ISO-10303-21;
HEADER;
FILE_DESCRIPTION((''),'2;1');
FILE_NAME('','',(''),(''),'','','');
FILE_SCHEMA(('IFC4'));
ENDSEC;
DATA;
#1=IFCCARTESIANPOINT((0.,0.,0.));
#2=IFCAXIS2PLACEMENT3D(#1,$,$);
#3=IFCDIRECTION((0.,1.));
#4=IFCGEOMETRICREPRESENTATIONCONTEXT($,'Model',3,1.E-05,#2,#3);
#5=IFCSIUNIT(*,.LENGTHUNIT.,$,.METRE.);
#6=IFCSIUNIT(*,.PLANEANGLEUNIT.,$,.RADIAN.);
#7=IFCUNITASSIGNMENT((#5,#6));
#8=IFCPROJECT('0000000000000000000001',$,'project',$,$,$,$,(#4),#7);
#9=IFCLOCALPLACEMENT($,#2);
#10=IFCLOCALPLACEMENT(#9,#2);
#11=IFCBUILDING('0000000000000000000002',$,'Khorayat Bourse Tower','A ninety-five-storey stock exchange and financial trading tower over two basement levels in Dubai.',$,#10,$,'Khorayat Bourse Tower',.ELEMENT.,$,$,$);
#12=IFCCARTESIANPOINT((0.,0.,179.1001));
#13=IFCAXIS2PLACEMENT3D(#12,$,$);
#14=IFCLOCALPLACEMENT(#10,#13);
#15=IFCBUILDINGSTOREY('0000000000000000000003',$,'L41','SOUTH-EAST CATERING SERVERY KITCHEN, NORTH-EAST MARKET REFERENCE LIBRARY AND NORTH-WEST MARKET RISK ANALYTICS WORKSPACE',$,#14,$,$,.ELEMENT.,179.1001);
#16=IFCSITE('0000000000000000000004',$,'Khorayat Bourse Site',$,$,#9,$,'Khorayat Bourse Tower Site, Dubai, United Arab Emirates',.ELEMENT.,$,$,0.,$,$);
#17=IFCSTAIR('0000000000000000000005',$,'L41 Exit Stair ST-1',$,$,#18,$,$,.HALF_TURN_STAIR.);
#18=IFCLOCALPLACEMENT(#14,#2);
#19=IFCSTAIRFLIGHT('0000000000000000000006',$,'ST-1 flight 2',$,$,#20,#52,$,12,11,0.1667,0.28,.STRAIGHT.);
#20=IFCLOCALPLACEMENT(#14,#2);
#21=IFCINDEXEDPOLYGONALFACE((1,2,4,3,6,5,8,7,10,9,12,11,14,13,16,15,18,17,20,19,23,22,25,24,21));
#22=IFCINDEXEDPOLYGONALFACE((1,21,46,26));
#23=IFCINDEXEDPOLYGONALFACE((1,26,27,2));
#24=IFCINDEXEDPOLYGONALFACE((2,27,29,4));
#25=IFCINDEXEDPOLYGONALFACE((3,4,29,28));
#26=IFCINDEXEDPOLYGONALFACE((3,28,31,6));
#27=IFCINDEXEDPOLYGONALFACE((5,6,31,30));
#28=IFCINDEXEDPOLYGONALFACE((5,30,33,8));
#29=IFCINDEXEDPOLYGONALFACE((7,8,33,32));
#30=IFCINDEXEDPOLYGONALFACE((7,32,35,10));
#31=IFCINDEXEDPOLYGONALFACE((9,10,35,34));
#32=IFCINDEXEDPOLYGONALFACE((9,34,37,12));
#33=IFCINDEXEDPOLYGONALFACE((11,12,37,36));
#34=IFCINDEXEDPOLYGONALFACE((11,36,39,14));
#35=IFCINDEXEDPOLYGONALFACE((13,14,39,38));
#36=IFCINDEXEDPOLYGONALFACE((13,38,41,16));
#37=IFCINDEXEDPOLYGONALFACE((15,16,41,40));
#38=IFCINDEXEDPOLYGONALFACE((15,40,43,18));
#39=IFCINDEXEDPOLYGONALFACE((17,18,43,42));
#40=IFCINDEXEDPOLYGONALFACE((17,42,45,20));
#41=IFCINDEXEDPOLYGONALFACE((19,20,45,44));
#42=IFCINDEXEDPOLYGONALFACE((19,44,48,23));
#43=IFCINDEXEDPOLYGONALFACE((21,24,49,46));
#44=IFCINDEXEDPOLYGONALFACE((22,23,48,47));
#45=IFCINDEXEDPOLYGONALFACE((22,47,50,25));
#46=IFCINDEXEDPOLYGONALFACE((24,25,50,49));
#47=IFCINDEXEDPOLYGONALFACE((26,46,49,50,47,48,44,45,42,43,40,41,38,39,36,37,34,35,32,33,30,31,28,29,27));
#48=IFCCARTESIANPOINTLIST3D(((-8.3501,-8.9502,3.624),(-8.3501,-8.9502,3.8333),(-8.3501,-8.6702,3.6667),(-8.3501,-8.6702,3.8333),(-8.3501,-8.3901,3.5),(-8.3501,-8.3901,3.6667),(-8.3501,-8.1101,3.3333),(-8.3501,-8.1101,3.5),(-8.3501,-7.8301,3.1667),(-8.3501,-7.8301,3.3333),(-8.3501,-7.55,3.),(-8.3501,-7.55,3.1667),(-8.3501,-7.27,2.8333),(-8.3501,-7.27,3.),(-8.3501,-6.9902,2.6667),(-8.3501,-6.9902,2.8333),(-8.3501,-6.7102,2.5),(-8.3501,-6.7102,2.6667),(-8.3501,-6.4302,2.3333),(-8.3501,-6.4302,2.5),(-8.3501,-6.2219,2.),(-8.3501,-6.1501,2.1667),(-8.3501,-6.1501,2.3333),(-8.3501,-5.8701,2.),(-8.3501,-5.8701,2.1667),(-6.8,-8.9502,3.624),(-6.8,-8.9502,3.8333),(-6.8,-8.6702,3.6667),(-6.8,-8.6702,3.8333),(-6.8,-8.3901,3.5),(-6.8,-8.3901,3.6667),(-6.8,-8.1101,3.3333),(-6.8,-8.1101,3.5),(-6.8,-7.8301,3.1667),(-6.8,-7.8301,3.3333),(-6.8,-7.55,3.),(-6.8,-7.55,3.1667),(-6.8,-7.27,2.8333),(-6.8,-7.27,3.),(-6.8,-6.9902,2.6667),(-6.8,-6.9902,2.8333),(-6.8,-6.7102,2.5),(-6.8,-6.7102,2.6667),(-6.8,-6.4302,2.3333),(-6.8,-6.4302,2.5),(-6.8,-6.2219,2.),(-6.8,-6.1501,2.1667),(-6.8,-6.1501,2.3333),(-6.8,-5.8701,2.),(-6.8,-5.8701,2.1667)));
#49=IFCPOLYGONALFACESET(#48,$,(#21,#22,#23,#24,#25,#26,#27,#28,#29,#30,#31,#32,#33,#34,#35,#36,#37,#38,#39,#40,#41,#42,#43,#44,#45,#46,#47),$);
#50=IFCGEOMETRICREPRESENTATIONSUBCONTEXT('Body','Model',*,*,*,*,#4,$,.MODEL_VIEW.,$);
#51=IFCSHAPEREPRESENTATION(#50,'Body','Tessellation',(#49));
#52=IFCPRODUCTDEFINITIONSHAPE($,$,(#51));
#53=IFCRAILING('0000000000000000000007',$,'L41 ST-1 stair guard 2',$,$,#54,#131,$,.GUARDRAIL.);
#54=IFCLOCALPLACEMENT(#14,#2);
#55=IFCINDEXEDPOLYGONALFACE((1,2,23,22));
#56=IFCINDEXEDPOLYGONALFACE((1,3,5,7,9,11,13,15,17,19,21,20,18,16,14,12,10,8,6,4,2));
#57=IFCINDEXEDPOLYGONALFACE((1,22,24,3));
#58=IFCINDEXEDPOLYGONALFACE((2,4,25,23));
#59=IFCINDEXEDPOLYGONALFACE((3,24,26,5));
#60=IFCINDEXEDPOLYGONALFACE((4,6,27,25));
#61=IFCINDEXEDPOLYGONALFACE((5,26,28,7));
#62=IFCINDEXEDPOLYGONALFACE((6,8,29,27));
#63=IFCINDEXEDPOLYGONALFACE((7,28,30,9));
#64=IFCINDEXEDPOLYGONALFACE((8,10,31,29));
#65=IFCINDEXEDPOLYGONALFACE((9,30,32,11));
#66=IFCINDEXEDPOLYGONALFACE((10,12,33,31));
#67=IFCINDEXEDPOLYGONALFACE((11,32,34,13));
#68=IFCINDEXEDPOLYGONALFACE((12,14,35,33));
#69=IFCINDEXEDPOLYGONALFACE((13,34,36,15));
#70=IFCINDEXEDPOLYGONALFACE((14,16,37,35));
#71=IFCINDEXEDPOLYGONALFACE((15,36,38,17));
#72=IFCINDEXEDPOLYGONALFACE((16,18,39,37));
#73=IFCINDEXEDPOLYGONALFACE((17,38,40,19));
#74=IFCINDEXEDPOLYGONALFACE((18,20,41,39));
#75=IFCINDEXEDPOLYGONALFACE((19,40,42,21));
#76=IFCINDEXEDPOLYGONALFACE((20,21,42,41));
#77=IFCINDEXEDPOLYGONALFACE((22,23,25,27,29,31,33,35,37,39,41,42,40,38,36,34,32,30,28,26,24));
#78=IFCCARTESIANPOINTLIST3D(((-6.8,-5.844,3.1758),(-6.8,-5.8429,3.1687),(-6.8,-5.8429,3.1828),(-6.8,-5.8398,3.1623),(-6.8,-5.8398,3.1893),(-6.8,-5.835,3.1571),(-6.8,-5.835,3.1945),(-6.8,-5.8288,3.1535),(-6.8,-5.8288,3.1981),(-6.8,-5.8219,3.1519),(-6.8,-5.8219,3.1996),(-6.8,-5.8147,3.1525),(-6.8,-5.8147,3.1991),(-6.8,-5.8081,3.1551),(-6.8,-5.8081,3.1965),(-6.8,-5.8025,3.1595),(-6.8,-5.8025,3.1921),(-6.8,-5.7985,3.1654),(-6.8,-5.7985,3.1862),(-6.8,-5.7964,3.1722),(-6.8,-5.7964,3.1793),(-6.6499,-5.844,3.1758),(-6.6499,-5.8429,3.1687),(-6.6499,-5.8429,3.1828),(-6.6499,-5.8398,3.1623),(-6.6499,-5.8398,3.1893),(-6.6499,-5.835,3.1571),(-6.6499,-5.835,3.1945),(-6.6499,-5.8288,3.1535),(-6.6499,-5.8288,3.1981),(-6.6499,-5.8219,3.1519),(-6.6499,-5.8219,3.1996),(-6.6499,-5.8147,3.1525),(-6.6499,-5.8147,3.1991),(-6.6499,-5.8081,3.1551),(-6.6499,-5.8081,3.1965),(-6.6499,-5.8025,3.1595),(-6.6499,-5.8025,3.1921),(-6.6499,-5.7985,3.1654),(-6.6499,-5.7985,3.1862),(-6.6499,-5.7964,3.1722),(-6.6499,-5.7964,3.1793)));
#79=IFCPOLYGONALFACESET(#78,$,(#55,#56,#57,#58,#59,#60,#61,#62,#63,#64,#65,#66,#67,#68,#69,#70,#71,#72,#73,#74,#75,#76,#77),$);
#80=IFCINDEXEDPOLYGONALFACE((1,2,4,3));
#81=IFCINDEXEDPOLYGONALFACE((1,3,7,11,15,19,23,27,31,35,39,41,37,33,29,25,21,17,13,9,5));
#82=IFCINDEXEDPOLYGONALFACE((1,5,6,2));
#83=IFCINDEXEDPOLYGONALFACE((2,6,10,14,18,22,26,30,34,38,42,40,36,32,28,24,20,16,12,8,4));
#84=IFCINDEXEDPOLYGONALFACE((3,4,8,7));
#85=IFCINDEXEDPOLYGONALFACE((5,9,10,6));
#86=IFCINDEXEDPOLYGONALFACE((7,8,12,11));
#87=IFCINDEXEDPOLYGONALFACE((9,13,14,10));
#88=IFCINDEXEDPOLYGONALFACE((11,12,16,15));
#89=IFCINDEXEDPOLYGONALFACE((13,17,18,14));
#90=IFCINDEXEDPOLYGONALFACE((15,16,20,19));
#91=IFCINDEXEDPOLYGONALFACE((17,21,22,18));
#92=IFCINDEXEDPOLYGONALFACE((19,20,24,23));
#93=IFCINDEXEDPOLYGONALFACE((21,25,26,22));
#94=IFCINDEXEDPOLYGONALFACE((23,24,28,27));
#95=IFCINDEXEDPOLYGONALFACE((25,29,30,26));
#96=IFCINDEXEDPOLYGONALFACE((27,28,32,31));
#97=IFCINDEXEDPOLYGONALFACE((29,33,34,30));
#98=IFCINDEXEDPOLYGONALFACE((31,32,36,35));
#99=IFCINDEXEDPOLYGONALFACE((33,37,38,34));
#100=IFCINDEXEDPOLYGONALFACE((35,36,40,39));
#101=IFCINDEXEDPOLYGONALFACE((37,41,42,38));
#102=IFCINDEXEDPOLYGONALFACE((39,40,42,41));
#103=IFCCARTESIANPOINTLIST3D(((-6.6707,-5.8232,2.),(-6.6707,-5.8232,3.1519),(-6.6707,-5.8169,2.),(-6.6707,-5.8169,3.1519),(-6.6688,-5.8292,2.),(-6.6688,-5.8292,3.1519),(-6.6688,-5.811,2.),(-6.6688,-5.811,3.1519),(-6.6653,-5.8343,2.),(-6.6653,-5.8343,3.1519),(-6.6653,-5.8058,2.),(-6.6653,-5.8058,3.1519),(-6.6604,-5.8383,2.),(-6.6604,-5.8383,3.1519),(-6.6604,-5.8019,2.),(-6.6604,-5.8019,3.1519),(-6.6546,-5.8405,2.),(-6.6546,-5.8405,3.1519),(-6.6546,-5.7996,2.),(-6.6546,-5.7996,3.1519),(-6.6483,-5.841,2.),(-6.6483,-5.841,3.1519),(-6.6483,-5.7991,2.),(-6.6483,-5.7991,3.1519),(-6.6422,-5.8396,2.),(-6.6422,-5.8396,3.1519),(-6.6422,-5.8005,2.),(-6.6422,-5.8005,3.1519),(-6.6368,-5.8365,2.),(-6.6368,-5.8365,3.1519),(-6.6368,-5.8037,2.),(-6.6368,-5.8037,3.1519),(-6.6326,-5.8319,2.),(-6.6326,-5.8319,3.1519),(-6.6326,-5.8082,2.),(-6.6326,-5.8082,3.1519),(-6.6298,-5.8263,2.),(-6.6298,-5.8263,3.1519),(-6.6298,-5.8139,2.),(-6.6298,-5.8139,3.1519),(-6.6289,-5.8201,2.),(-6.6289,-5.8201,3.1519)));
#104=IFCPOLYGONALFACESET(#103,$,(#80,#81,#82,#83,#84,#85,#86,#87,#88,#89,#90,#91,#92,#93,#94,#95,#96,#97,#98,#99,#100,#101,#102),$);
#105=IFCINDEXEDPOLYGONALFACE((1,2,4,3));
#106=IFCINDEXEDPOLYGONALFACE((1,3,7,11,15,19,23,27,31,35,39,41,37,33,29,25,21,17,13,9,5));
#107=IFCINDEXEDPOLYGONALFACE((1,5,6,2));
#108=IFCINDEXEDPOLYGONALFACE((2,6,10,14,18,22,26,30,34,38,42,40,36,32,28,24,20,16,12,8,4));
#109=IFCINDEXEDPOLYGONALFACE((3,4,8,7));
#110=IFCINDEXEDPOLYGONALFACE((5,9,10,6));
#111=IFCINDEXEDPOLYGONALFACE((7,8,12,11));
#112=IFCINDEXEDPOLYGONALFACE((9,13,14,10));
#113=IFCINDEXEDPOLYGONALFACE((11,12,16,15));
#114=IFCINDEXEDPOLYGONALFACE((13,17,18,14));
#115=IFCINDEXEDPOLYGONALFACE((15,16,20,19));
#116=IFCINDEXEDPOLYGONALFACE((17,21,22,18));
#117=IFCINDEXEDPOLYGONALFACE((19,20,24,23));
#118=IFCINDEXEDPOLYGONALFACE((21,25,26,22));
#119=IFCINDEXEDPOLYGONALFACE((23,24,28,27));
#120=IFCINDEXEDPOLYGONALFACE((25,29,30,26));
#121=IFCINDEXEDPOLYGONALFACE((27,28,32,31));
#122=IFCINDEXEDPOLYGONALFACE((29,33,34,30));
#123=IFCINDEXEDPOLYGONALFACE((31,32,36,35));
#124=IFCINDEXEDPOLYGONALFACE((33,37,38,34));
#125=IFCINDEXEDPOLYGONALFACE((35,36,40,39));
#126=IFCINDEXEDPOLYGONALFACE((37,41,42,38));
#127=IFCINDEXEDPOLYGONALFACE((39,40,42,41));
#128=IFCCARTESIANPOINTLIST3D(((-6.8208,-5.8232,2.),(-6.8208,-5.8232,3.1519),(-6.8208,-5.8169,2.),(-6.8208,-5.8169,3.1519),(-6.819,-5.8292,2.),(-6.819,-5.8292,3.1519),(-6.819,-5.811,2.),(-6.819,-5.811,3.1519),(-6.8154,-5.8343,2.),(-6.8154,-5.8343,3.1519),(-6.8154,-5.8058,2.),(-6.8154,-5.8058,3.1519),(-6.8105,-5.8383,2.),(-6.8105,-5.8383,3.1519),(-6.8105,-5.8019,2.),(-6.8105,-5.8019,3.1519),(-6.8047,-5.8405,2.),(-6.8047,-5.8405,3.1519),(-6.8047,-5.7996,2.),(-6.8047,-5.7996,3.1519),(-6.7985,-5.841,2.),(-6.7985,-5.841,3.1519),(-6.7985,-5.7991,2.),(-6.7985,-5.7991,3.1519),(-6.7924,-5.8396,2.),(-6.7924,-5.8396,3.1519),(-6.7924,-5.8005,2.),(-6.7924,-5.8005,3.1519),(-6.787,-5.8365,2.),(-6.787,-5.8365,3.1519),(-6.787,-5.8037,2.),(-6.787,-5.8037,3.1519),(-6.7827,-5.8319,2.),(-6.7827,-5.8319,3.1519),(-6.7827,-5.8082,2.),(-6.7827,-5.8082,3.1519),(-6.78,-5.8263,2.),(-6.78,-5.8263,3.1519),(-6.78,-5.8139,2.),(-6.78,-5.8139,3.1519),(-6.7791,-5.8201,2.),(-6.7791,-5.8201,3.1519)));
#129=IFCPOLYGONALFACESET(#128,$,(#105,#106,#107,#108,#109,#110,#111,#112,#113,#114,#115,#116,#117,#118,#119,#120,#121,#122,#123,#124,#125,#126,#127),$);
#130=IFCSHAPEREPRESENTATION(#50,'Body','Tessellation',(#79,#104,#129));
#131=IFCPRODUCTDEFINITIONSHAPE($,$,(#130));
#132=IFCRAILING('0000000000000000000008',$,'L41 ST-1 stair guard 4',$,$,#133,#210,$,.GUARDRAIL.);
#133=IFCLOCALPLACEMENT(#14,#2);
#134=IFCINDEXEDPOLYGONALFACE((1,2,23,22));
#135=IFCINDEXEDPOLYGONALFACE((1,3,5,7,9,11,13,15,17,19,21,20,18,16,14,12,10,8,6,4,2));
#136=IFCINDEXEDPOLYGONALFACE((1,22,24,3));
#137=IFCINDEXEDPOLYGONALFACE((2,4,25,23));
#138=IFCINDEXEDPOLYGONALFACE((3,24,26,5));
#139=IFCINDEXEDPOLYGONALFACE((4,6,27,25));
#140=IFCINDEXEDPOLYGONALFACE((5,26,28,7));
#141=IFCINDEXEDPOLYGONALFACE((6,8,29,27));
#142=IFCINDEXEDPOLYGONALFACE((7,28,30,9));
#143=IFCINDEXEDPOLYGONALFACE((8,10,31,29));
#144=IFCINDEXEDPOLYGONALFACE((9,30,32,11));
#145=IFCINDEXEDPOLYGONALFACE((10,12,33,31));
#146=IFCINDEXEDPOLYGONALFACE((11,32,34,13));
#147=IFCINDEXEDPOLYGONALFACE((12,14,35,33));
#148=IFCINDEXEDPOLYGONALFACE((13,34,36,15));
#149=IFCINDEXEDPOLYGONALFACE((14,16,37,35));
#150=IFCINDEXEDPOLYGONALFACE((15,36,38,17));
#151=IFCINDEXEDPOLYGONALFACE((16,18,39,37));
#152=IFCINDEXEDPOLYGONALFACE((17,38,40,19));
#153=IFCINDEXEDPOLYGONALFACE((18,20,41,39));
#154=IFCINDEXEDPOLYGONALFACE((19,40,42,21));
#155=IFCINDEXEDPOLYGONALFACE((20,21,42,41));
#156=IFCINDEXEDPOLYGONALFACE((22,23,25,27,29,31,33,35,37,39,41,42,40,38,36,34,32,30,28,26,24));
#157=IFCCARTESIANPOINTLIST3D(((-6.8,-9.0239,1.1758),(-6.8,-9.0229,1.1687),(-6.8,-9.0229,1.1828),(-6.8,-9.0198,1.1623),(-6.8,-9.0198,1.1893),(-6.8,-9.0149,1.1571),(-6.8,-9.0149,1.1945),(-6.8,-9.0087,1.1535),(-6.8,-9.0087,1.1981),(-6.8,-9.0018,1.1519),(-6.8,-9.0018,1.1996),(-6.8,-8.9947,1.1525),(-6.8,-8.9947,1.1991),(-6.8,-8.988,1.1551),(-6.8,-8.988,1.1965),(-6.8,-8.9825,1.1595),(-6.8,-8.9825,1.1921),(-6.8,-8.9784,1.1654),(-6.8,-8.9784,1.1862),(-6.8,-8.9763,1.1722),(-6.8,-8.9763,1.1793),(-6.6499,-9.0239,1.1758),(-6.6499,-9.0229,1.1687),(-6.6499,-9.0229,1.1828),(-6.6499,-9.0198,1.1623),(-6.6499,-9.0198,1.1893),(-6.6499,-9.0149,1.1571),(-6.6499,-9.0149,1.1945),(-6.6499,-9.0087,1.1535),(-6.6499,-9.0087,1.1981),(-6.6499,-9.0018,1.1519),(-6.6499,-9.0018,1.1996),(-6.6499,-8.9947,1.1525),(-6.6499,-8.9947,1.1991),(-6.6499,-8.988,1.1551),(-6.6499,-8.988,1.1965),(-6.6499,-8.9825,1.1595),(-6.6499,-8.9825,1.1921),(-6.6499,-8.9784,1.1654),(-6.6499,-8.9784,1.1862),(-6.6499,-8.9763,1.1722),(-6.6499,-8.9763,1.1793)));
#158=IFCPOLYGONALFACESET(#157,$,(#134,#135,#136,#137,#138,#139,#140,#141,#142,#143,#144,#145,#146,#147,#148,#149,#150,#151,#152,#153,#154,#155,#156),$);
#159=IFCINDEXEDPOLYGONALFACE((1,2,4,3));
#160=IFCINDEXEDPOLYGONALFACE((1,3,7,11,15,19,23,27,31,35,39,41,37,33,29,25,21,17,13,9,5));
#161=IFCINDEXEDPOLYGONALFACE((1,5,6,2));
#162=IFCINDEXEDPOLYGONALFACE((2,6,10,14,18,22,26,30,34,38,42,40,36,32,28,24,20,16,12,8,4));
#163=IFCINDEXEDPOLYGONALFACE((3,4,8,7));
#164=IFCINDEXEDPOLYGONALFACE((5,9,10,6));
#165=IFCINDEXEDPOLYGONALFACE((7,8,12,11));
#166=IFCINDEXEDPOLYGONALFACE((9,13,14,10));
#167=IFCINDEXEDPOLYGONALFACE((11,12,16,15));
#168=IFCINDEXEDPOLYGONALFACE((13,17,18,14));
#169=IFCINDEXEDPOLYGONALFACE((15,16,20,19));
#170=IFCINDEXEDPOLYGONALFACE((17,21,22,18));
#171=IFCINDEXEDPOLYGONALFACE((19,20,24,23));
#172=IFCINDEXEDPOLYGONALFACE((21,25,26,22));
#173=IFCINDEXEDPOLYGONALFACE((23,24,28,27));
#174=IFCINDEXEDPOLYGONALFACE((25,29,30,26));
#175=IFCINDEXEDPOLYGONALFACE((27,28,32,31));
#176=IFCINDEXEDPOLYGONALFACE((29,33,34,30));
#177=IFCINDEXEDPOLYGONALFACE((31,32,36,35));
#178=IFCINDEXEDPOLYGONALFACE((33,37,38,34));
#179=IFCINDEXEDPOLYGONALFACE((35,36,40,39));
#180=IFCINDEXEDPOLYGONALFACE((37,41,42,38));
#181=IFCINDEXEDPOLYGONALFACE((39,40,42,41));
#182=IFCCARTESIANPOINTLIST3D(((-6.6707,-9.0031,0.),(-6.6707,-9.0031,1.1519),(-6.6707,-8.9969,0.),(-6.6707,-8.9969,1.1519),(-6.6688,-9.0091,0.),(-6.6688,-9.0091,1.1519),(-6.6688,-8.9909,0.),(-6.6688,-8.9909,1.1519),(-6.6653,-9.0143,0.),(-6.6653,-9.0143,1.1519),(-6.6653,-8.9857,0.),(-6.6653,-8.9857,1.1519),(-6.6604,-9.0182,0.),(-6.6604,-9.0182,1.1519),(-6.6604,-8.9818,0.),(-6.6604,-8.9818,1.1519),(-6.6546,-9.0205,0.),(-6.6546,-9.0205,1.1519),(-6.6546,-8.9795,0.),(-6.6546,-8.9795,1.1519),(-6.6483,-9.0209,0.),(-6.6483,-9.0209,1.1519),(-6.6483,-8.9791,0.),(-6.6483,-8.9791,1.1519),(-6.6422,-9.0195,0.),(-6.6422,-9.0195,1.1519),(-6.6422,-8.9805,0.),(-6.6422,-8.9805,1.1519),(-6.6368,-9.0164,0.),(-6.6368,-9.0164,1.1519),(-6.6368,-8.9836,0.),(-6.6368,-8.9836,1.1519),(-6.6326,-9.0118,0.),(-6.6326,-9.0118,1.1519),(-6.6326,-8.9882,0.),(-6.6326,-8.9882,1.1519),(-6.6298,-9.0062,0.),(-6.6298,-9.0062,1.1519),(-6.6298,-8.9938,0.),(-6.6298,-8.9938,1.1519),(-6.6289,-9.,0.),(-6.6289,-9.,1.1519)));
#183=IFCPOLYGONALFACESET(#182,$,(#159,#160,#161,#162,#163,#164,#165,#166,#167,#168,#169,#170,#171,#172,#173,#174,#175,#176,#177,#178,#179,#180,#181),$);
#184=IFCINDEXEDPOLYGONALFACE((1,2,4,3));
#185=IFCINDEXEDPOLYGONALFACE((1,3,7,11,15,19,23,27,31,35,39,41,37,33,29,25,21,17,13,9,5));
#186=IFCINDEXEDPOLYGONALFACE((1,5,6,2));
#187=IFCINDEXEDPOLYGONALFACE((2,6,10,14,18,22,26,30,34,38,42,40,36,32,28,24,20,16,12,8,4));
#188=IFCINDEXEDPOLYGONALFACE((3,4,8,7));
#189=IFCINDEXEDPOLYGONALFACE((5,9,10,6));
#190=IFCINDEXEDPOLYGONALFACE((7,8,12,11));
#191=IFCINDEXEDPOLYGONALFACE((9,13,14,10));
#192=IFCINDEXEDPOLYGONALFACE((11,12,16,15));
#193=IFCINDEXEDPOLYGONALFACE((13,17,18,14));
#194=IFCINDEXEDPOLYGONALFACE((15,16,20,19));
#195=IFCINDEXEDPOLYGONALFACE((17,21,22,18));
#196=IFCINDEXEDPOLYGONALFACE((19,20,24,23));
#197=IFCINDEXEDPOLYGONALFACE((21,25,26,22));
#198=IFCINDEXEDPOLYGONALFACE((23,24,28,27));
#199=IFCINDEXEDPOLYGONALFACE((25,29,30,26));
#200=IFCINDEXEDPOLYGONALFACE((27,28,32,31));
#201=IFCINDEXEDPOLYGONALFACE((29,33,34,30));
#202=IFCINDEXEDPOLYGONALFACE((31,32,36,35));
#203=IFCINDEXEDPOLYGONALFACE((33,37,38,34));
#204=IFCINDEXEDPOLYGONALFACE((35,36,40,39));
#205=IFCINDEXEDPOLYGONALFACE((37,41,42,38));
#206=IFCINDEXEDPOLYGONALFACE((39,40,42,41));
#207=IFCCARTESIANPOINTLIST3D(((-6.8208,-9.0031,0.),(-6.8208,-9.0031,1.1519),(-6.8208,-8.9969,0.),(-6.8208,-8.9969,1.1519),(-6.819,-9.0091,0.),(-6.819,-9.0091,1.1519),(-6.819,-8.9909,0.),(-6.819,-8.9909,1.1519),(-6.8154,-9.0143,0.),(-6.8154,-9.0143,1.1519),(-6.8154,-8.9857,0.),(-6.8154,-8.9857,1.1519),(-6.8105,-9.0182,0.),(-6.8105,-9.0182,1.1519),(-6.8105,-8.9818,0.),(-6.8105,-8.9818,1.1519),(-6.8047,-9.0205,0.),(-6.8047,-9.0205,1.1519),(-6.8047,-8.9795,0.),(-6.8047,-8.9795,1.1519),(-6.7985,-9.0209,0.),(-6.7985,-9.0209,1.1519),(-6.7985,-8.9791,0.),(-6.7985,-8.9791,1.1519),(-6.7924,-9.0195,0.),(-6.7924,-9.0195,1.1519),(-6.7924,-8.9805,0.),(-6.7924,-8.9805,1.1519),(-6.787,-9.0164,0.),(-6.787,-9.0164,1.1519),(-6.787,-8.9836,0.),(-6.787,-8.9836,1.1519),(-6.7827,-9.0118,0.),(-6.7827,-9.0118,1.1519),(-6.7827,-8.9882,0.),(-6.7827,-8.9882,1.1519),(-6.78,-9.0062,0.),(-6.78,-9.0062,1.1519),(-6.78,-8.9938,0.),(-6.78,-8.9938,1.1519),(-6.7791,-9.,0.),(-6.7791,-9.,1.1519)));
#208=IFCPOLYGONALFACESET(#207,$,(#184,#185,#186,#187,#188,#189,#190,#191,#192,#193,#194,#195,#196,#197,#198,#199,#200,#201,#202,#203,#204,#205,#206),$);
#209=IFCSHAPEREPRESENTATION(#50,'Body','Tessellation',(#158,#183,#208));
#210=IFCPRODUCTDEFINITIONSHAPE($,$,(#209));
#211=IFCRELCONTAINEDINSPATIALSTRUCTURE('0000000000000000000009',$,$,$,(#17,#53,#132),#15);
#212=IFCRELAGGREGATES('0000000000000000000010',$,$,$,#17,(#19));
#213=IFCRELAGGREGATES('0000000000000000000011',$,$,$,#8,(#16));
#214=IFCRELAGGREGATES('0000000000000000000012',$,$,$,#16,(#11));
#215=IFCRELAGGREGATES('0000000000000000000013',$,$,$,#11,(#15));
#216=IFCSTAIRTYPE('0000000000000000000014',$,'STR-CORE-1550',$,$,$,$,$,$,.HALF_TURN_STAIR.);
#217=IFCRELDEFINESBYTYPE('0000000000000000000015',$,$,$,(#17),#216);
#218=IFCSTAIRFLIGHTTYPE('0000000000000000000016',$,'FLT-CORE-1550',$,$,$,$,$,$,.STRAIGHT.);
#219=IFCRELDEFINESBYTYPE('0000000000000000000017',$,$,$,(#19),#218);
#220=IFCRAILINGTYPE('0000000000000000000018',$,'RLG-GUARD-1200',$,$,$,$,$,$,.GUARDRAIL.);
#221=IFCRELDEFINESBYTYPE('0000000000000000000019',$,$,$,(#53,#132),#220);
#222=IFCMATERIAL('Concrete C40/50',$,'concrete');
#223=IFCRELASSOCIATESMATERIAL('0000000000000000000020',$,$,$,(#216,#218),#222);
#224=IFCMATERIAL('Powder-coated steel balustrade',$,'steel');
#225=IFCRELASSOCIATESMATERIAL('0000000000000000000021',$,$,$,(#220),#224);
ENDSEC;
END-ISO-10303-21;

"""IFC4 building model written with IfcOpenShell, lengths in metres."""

from ifc_helpers import new_model, si_unit, direction, frame, origin, origin_2d, place, context, subcontext, project, spatial, polyline, circle, outline, extrude, source, transform, mapped, material, type_object, element, aggregate, save


model = new_model("IFC4")

# Units and contexts
model_context = context("Model", 3, precision=1e-05, world=origin(), true_north=direction((0.0, 1.0)))
body_context = subcontext(model_context, "Body", "Model", "MODEL_VIEW")
ifc_project = project(units=[si_unit("LENGTHUNIT", "METRE"), si_unit("PLANEANGLEUNIT", "RADIAN")], contexts=[model_context])

# Site, building, storey
site_placement = place(None, origin())
site = spatial("IfcSite", under=ifc_project, at=site_placement, Name="Khorayat Bourse Site", LongName="Khorayat Bourse Tower Site, Dubai, United Arab Emirates", CompositionType="ELEMENT", RefElevation=0.0)
building_placement = place(site_placement, origin())
building = spatial("IfcBuilding", under=site, at=building_placement, Name="Khorayat Bourse Tower", Description="A ninety-five-storey stock exchange and financial trading tower over two basement levels in Dubai.", LongName="Khorayat Bourse Tower", CompositionType="ELEMENT")
storey_placement = place(building_placement, frame((0.0, 0.0, 179.1001)))
storey = spatial("IfcBuildingStorey", under=building, at=storey_placement, Name="L41", Description="SOUTH-EAST CATERING SERVERY KITCHEN, NORTH-EAST MARKET REFERENCE LIBRARY AND NORTH-WEST MARKET RISK ANALYTICS WORKSPACE", CompositionType="ELEMENT", Elevation=179.1001)

# Stair, stair flight
ifc_material_1 = material(Name="Concrete C40/50", Category="concrete")
stair_type = type_object("IfcStairType", Name="STR-CORE-1550", PredefinedType="HALF_TURN_STAIR", material=ifc_material_1)
stair_placement = place(storey_placement, origin())
stair = element("IfcStair", 1, at=stair_placement, inside=storey, type_object=stair_type, Name="L41 Exit Stair ST-1", PredefinedType="HALF_TURN_STAIR")
stair_flight_type = type_object("IfcStairFlightType", Name="FLT-CORE-1550", PredefinedType="STRAIGHT", material=ifc_material_1)
shared_shape_1 = source(origin(), body_context, "Body", "SweptSolid", [
    extrude(outline(polyline([(0.0, 0.0), (0.0, 0.1667), (0.28, 0.1667), (0.28, 0.3333), (0.5601, 0.3333), (0.5601, 0.5), (0.8401, 0.5), (0.8401, 0.6667), (1.1201, 0.6667), (1.1201, 0.8333), (1.3999, 0.8333), (1.3999, 1.0), (1.6799, 1.0), (1.6799, 1.1667), (1.96, 1.1667), (1.96, 1.3333), (2.24, 1.3333), (2.24, 1.5), (2.52, 1.5), (2.52, 1.6667), (2.8, 1.6667), (2.8, 1.8333), (3.0801, 1.8333), (3.0801, 2.0), (3.0801, 1.624), (0.3518, 0.0), (0.0, 0.0)])), frame((0.0, 0.7749, 0.0), z_axis=(0.0, -1.0, 0.0), x_axis=(1.0, 0.0, 0.0)), (0.0, 0.0, 1.0), 1.55),
])
stair_flight_1_placement = place(storey_placement, frame((-7.575, -5.8701, 2.0), z_axis=(0.0, 0.0, 1.0), x_axis=(0.0, -1.0, 0.0)))
stair_flight_1 = element("IfcStairFlight", 2, at=stair_flight_1_placement, type_object=stair_flight_type, Name="ST-1 flight 2", NumberOfRisers=12, NumberOfTreads=11, PredefinedType="STRAIGHT", RiserHeight=0.1667, TreadLength=0.28, context=body_context, shape_type="MappedRepresentation", body=[
    mapped(shared_shape_1, transform((0.0, 0.0, 0.0), scale=1.0)),
])
aggregate(stair, [stair_flight_1])

# Railings
ifc_material_2 = material(Name="Powder-coated steel balustrade", Category="steel")
railing_type_1 = type_object("IfcRailingType", Name="RLG-GUARD-1200", PredefinedType="GUARDRAIL", material=ifc_material_2)
shared_shape_2 = source(origin(), body_context, "Body", "SweptSolid", [
    extrude(circle(Radius=0.0239, at=origin_2d()), frame((0.0, 0.0, 1.1758), z_axis=(-1.0, 0.0, 0.0), x_axis=(0.0, -1.0, 0.0)), (0.0, 0.0, 1.0), 0.1501),
    extrude(circle(Radius=0.021, at=origin_2d()), origin(), (0.0, 0.0, 1.0), 1.1519),
    extrude(circle(Radius=0.021, at=origin_2d()), frame((-0.1501, 0.0, 0.0)), (0.0, 0.0, 1.0), 1.1519),
])
for number, where, name in (
    (3, (-6.6499, -5.8201, 2.0), "L41 ST-1 stair guard 2"),
    (4, (-6.6499, -9.0, 0.0), "L41 ST-1 stair guard 4"),
):
    element("IfcRailing", number, at=place(storey_placement, frame(where)), inside=storey, type_object=railing_type_1, Name=name, PredefinedType="GUARDRAIL", context=body_context, shape_type="MappedRepresentation", body=[
        mapped(shared_shape_2, transform((0.0, 0.0, 0.0), scale=1.0)),
    ])

save(model, "model.ifc")
